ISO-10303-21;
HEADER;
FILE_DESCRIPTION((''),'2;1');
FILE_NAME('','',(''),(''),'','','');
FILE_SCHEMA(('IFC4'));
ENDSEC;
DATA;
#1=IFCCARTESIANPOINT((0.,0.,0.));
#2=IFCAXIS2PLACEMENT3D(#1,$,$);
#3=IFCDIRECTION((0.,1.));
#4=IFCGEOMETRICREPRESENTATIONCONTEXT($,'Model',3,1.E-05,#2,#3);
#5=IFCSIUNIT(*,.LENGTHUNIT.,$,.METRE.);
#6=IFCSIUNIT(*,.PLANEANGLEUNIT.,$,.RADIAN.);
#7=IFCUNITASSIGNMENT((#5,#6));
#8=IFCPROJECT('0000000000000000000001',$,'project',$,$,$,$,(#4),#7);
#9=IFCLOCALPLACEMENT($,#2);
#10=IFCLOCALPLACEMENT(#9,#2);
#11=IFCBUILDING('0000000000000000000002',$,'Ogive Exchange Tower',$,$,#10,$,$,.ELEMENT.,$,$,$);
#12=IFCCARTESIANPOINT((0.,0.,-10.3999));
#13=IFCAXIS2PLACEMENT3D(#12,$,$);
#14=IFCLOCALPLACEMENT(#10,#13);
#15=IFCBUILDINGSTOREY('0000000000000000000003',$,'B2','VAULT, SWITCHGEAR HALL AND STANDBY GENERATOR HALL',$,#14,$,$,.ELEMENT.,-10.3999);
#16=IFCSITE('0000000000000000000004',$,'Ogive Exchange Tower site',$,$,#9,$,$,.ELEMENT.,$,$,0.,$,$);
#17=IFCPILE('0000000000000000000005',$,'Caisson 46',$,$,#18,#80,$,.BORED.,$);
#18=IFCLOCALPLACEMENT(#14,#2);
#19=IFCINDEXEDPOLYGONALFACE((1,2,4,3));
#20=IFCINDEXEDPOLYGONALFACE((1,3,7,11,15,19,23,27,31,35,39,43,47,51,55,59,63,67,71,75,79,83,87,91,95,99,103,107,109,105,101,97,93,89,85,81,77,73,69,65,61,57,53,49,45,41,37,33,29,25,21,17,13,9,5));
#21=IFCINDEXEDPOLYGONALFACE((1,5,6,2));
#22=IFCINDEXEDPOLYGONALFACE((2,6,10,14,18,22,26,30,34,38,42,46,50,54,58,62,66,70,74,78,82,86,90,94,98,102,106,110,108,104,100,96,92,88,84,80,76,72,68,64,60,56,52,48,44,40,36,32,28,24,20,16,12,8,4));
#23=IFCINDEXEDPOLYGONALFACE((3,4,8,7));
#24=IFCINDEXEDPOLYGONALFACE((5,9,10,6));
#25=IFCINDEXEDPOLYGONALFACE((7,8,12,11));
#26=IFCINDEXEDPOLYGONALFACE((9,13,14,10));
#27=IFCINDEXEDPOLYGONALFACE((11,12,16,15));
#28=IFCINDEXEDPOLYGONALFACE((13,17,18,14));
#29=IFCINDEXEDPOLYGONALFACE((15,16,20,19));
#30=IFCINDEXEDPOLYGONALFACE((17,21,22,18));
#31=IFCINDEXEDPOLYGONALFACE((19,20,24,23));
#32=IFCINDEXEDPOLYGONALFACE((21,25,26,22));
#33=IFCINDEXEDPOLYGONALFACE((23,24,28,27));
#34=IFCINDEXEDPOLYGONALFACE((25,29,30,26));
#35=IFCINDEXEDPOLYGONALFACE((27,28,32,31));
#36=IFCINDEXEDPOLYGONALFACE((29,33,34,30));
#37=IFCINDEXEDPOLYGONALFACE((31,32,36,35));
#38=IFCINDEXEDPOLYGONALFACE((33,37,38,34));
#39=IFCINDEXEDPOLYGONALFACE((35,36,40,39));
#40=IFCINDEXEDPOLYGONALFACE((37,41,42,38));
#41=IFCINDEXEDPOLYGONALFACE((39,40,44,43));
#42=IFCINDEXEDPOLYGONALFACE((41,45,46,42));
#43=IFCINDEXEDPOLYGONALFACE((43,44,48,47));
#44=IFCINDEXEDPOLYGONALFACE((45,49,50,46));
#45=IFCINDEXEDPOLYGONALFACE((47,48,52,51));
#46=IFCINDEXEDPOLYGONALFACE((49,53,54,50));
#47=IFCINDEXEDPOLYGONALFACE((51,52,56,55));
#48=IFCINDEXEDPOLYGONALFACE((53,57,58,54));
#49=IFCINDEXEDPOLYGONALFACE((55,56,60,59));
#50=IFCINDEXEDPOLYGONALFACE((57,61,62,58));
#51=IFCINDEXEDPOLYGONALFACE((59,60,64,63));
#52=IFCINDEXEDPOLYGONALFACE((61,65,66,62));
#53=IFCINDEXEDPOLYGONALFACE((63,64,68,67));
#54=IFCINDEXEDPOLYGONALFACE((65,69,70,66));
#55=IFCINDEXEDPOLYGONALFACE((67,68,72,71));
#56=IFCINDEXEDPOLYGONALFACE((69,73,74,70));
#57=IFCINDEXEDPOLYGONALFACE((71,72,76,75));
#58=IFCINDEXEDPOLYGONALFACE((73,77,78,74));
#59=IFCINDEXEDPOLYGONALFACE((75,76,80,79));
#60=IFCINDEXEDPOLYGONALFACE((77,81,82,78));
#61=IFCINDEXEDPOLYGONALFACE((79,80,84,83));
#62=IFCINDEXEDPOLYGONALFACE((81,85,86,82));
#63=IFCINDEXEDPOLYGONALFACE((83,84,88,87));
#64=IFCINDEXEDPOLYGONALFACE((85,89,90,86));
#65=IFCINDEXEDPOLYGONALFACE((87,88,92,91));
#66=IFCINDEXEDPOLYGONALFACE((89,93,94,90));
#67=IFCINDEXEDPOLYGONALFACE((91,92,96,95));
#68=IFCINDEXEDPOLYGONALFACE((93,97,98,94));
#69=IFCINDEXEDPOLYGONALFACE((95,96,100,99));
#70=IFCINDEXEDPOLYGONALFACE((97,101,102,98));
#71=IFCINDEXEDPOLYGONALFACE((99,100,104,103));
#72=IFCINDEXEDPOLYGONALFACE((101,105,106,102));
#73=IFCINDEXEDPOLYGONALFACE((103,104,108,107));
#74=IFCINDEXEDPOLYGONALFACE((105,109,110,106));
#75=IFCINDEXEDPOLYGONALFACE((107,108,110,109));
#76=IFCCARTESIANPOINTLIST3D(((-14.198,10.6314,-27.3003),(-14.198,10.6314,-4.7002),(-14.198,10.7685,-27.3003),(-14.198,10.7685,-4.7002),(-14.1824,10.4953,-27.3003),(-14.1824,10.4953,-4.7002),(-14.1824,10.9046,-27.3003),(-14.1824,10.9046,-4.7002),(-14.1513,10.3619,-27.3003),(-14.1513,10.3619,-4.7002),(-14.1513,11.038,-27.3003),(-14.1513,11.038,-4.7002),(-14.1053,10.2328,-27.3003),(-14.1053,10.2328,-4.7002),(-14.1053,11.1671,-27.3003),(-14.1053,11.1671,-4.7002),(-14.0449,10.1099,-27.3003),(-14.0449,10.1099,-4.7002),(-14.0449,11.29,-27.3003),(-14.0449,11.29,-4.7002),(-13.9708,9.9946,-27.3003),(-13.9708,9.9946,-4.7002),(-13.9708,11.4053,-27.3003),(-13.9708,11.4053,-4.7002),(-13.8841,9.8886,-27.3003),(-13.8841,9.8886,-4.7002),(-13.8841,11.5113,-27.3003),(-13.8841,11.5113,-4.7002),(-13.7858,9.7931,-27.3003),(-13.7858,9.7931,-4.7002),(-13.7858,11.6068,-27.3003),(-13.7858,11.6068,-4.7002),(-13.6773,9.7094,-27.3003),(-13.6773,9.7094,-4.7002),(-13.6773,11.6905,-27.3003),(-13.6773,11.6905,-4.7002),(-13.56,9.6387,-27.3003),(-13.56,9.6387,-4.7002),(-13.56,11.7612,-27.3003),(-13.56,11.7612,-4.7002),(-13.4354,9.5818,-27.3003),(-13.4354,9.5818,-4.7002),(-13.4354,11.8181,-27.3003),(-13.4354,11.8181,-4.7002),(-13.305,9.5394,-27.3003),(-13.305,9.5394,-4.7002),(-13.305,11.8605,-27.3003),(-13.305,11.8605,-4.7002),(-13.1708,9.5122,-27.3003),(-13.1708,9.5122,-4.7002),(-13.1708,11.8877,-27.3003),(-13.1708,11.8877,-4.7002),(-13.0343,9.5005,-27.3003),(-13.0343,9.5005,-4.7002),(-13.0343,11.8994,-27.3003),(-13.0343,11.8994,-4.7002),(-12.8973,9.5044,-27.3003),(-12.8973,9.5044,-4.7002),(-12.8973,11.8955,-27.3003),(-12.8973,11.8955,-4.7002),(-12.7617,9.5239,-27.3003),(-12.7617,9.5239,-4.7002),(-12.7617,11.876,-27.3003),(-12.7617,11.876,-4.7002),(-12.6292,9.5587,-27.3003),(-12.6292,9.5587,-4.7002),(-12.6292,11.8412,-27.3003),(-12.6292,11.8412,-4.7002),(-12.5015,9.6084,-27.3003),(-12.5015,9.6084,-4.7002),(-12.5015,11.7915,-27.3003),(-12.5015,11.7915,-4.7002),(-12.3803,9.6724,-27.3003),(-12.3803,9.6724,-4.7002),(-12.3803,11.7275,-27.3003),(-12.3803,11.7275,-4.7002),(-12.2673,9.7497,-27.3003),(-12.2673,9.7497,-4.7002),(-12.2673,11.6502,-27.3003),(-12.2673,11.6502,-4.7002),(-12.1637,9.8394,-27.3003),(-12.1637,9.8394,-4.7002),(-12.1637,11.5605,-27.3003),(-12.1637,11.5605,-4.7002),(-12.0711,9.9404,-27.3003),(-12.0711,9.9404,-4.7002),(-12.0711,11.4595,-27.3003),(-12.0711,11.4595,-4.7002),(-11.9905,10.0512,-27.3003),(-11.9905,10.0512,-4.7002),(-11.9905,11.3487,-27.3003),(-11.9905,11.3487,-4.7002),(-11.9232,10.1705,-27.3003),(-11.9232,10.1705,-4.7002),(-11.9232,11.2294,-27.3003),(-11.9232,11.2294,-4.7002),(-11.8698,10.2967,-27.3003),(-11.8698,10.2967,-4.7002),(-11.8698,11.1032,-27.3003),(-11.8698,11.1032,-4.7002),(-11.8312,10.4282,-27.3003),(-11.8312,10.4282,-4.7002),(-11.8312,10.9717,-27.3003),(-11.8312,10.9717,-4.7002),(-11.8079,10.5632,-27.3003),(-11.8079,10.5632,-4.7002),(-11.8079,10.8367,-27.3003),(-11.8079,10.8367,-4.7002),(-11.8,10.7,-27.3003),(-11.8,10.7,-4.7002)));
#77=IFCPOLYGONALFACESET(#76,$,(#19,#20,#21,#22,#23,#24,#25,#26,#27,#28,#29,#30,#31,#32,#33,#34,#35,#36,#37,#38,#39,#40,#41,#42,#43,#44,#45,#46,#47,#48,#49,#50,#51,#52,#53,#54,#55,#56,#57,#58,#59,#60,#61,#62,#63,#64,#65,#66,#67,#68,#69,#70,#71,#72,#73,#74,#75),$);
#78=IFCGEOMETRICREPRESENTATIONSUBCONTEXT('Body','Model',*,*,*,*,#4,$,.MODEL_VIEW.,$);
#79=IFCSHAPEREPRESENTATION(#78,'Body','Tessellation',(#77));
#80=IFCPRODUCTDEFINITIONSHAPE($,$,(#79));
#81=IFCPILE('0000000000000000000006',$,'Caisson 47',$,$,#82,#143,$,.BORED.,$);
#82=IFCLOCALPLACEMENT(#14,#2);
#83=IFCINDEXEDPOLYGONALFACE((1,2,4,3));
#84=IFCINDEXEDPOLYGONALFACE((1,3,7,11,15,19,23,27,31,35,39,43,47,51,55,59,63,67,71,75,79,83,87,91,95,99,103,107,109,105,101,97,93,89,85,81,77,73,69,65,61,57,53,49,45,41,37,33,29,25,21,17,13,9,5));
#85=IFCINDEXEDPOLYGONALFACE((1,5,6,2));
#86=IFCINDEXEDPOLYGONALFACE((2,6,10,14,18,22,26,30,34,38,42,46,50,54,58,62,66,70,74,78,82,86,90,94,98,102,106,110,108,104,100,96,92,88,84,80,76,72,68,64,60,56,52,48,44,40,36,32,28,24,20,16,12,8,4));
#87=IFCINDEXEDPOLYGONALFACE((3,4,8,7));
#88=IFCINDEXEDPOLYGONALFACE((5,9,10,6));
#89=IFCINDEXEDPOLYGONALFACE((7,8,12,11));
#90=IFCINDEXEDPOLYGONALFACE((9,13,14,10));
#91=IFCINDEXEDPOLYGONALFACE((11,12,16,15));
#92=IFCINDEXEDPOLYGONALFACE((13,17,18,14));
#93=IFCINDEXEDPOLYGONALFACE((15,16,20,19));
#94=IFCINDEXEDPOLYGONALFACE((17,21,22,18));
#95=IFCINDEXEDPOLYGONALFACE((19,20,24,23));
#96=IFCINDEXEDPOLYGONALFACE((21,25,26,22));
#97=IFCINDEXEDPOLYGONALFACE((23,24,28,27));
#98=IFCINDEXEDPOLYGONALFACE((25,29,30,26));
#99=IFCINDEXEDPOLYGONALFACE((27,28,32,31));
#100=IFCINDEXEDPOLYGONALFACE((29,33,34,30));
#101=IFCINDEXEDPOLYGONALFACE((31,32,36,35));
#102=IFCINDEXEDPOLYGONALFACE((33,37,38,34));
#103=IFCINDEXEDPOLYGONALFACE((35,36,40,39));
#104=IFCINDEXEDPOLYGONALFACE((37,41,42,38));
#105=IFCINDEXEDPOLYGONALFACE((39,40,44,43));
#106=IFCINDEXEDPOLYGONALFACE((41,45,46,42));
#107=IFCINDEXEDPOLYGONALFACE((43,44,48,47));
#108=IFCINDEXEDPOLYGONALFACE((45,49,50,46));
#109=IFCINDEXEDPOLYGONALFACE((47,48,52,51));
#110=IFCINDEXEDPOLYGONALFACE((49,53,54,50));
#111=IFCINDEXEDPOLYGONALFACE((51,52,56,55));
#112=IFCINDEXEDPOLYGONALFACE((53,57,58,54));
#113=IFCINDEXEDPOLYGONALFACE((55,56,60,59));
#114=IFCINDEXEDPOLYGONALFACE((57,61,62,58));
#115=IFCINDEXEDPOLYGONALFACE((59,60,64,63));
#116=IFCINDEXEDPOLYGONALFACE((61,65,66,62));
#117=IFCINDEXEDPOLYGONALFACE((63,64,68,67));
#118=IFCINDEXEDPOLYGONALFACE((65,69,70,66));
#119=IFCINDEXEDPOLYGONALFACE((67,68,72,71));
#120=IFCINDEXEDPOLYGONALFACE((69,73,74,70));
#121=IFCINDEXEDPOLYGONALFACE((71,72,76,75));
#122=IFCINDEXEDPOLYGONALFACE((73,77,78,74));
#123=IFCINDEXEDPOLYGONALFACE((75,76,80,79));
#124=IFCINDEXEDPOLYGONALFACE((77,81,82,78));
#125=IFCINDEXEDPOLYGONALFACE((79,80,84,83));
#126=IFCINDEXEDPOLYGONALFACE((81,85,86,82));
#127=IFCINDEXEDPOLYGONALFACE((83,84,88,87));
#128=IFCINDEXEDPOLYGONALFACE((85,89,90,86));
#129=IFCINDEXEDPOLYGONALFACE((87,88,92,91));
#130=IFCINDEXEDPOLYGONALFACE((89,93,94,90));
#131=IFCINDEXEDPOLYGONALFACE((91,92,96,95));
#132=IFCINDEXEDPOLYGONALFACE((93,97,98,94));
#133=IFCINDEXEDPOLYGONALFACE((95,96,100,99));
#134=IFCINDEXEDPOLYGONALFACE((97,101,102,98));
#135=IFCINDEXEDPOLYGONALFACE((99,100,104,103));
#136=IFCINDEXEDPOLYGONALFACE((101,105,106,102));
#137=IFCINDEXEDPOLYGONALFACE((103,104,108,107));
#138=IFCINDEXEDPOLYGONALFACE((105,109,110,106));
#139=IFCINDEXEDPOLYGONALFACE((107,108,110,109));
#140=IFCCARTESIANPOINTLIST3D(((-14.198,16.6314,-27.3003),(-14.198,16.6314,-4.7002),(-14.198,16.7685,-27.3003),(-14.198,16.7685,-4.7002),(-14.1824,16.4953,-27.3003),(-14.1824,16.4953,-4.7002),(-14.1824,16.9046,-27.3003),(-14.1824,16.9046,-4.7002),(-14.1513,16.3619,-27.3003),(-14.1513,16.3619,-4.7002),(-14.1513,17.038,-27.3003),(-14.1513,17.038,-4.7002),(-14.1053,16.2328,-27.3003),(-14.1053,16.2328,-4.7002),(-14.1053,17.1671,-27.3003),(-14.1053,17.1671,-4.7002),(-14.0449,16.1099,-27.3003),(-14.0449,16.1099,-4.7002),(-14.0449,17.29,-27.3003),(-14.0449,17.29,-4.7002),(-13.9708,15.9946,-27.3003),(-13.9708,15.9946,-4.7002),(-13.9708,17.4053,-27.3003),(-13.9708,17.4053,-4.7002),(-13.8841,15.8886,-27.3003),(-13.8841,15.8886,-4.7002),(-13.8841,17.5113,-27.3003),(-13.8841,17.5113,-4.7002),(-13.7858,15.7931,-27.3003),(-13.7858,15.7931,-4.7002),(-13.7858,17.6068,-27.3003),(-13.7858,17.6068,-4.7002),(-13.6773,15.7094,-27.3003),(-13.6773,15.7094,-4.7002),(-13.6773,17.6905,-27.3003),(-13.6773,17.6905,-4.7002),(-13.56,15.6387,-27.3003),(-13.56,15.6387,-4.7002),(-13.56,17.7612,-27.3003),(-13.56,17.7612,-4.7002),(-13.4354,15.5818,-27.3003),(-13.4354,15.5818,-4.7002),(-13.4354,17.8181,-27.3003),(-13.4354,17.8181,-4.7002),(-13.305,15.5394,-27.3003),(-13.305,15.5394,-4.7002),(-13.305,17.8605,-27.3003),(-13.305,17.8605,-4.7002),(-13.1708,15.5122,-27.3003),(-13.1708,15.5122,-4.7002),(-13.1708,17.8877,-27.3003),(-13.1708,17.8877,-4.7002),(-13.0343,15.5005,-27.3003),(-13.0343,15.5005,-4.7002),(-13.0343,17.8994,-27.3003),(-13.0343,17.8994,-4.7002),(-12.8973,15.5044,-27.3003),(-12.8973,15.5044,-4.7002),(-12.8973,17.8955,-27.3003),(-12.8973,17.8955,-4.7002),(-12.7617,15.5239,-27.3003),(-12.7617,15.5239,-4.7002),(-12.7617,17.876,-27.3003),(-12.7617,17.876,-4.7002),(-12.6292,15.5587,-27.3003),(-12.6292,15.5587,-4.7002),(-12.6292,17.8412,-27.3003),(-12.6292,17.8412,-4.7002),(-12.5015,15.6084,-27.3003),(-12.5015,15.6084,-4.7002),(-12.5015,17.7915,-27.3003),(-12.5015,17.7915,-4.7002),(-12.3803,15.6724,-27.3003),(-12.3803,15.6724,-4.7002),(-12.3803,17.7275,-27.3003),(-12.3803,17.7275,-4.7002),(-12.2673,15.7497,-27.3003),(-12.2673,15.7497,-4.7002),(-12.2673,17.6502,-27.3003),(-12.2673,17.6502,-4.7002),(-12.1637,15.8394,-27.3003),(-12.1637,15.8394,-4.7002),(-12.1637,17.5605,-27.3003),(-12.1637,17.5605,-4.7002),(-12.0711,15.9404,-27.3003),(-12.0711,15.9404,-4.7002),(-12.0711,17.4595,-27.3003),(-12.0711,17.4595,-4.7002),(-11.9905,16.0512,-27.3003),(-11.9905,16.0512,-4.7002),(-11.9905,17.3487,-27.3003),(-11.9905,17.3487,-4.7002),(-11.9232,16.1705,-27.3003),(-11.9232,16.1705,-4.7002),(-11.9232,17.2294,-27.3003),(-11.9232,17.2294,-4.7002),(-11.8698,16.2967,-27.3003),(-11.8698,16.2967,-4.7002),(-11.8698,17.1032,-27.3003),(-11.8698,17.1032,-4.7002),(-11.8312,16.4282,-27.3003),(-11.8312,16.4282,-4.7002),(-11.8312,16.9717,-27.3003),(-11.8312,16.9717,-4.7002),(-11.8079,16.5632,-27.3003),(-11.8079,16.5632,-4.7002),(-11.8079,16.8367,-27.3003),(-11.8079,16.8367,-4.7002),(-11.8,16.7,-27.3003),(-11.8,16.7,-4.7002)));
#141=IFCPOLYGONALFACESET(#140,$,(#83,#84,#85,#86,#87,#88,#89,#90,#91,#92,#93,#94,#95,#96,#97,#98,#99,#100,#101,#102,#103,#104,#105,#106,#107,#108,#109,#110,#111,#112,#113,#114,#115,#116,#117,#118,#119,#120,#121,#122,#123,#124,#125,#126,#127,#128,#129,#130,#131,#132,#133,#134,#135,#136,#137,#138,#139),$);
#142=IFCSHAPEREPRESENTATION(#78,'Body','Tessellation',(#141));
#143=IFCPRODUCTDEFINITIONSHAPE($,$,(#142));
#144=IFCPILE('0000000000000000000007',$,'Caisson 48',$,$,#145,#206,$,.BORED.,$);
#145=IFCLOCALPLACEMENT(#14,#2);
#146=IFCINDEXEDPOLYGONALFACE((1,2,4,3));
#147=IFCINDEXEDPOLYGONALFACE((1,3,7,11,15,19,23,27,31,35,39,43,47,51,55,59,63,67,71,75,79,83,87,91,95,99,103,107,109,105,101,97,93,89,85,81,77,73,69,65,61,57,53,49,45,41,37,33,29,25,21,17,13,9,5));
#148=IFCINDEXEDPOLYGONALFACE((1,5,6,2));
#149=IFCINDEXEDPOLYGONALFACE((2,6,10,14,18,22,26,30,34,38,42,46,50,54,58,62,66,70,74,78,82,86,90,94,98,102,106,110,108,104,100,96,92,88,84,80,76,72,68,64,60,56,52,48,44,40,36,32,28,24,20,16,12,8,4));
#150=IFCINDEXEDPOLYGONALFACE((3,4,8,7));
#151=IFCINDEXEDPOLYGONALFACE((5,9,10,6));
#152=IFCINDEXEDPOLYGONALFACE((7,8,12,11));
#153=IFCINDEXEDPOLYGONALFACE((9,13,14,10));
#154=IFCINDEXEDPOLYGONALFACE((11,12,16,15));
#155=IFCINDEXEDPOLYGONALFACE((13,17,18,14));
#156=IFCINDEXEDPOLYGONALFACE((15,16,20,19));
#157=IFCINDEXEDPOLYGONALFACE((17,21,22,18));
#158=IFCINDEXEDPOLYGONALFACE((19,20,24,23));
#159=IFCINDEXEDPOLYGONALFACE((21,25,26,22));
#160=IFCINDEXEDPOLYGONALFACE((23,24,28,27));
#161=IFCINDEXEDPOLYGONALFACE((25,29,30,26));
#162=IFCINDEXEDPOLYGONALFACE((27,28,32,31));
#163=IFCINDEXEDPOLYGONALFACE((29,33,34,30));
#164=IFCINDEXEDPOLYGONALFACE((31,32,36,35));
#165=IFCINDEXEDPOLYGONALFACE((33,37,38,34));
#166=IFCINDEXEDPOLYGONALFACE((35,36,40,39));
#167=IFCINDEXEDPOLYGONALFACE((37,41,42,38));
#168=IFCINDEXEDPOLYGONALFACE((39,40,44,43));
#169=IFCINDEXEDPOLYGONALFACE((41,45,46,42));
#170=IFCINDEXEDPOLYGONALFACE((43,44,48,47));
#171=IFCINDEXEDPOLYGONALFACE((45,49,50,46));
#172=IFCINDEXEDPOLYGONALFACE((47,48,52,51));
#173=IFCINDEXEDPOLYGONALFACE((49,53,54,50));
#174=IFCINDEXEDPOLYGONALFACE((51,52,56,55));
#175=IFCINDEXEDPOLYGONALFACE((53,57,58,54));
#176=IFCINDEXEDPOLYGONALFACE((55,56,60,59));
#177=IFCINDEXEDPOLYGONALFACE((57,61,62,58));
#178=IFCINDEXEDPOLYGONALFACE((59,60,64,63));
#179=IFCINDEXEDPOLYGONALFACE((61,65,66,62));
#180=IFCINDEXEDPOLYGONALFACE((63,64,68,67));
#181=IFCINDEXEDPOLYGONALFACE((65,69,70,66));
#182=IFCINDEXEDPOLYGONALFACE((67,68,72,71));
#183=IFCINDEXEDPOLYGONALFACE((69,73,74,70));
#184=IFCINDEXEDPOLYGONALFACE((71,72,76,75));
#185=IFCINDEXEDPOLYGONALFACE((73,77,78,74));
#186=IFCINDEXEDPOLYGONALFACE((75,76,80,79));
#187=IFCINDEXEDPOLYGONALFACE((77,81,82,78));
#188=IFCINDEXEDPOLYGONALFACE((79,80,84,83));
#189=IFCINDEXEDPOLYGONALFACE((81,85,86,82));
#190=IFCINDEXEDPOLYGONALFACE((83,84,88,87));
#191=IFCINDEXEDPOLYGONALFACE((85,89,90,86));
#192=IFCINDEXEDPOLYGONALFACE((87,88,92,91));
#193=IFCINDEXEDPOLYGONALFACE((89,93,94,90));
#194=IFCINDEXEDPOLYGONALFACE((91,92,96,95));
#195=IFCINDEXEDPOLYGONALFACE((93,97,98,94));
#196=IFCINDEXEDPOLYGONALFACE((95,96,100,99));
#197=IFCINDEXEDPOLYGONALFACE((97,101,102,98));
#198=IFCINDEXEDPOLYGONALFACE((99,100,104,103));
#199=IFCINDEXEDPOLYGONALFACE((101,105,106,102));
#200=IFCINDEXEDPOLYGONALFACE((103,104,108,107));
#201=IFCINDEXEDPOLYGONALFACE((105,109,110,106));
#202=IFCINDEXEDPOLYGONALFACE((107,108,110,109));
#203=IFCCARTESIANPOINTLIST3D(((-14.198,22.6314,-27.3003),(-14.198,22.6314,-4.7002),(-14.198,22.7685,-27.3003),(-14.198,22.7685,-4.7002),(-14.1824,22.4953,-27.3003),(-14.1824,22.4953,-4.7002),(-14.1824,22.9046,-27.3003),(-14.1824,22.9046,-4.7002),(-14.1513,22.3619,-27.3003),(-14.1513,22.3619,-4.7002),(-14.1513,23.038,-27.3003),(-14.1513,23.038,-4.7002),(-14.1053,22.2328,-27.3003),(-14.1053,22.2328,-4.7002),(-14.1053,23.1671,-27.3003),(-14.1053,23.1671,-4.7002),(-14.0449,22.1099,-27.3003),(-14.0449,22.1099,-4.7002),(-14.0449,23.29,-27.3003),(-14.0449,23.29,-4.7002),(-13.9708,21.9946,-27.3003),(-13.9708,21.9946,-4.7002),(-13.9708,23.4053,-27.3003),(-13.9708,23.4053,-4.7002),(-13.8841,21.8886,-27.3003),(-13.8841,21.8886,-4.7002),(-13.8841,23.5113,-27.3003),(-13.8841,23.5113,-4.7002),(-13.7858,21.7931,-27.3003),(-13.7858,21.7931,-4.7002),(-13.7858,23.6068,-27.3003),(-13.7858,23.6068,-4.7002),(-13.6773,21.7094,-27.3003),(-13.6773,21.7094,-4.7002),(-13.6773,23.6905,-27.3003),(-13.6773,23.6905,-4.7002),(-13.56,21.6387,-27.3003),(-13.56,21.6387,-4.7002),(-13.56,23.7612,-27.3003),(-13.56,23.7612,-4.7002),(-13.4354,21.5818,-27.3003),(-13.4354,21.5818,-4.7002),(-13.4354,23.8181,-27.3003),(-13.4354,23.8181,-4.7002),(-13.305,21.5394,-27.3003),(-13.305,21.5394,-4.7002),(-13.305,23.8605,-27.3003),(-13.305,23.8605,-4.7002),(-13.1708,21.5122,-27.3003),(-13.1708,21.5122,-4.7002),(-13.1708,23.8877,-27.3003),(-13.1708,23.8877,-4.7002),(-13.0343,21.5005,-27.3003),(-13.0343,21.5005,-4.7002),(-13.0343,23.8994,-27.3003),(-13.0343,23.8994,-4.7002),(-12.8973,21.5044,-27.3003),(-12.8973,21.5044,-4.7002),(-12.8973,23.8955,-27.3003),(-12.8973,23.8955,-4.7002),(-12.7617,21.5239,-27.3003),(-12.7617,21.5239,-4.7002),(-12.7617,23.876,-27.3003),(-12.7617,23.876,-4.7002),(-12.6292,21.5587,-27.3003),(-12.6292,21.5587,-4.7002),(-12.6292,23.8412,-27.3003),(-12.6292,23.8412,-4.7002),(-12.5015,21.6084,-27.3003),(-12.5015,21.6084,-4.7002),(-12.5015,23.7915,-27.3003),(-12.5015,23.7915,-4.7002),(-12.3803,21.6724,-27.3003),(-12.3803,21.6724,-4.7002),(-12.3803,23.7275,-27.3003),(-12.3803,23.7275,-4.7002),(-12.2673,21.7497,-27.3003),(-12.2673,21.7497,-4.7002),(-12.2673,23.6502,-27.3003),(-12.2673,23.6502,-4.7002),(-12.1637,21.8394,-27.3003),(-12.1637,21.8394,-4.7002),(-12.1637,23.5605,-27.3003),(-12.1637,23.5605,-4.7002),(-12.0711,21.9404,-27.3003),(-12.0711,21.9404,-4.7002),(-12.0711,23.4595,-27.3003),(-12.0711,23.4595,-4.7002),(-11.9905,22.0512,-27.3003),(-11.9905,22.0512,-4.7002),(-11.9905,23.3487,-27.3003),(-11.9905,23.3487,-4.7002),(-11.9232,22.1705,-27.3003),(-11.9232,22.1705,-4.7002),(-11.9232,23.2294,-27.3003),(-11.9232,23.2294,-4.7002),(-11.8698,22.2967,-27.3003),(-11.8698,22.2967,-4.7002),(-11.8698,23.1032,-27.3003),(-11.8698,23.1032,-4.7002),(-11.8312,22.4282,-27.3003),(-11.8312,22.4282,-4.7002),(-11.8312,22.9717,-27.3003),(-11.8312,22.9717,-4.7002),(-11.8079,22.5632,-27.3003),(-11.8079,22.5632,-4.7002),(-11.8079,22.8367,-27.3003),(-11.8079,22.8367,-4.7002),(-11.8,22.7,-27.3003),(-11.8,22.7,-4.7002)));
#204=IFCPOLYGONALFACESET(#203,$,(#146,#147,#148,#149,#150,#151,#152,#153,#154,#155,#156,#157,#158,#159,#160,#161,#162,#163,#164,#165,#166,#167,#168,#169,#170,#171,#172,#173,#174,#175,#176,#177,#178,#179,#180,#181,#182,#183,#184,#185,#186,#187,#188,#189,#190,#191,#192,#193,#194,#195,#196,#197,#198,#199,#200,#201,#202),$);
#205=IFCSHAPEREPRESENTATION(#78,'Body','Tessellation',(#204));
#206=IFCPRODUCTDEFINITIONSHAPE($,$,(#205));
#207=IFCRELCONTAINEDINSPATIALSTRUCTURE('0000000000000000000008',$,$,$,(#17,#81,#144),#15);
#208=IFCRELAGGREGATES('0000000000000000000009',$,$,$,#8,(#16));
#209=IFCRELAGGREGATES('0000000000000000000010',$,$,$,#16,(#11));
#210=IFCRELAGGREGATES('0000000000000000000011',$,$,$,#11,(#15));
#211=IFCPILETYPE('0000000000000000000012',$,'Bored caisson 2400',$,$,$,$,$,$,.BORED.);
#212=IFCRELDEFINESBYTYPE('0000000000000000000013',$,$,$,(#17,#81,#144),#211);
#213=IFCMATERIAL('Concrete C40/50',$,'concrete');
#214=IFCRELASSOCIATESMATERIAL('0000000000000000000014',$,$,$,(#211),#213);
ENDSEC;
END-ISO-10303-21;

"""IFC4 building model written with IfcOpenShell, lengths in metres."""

from ifc_helpers import new_model, si_unit, direction, frame, origin, origin_2d, place, context, subcontext, project, spatial, circle, extrude, material, material_profile, profile_set, type_object, element, save


model = new_model("IFC4")

# Units and contexts
model_context = context("Model", 3, precision=1e-05, world=origin(), true_north=direction((0.0, 1.0)))
body_context = subcontext(model_context, "Body", "Model", "MODEL_VIEW")
ifc_project = project(units=[si_unit("LENGTHUNIT", "METRE"), si_unit("PLANEANGLEUNIT", "RADIAN")], contexts=[model_context])

# Site, building, storey
site_placement = place(None, origin())
site = spatial("IfcSite", under=ifc_project, at=site_placement, Name="Ogive Exchange Tower site", CompositionType="ELEMENT", RefElevation=0.0)
building_placement = place(site_placement, origin())
building = spatial("IfcBuilding", under=site, at=building_placement, Name="Ogive Exchange Tower", CompositionType="ELEMENT")
storey_placement = place(building_placement, frame((0.0, 0.0, -10.3999)))
storey = spatial("IfcBuildingStorey", under=building, at=storey_placement, Name="B2", Description="VAULT, SWITCHGEAR HALL AND STANDBY GENERATOR HALL", CompositionType="ELEMENT", Elevation=-10.3999)

# Piles
ifc_material_1 = material(Name="Concrete C40/50", Category="concrete")
ifc_material_profile_1 = material_profile(ifc_material_1, circle(Radius=1.2, at=origin_2d()), Name="RC caisson 2400")
ifc_profile_set_1 = profile_set([ifc_material_profile_1], Name="Concrete C40/50")
pile_type = type_object("IfcPileType", Name="Bored caisson 2400", PredefinedType="BORED", material=ifc_profile_set_1)
for number, where, z_axis, x_axis, name in (
    (1, (-13.0, 10.7, -4.7002), (0.0, 0.0, -1.0), (1.0, 0.0, 0.0), "Caisson 46"),
    (2, (-13.0, 16.7, -4.7002), (0.0, 0.0, -1.0), (1.0, 0.0, 0.0), "Caisson 47"),
    (3, (-13.0, 22.7, -4.7002), (0.0, 0.0, -1.0), (1.0, 0.0, 0.0), "Caisson 48"),
):
    element("IfcPile", number, at=place(storey_placement, frame(where, z_axis=z_axis, x_axis=x_axis)), inside=storey, type_object=pile_type, Name=name, PredefinedType="BORED", context=body_context, shape_type="SweptSolid", body=[
        extrude(circle(Radius=1.2, at=origin_2d()), origin(), (0.0, 0.0, 1.0), 22.6001),
    ])

save(model, "model.ifc")
